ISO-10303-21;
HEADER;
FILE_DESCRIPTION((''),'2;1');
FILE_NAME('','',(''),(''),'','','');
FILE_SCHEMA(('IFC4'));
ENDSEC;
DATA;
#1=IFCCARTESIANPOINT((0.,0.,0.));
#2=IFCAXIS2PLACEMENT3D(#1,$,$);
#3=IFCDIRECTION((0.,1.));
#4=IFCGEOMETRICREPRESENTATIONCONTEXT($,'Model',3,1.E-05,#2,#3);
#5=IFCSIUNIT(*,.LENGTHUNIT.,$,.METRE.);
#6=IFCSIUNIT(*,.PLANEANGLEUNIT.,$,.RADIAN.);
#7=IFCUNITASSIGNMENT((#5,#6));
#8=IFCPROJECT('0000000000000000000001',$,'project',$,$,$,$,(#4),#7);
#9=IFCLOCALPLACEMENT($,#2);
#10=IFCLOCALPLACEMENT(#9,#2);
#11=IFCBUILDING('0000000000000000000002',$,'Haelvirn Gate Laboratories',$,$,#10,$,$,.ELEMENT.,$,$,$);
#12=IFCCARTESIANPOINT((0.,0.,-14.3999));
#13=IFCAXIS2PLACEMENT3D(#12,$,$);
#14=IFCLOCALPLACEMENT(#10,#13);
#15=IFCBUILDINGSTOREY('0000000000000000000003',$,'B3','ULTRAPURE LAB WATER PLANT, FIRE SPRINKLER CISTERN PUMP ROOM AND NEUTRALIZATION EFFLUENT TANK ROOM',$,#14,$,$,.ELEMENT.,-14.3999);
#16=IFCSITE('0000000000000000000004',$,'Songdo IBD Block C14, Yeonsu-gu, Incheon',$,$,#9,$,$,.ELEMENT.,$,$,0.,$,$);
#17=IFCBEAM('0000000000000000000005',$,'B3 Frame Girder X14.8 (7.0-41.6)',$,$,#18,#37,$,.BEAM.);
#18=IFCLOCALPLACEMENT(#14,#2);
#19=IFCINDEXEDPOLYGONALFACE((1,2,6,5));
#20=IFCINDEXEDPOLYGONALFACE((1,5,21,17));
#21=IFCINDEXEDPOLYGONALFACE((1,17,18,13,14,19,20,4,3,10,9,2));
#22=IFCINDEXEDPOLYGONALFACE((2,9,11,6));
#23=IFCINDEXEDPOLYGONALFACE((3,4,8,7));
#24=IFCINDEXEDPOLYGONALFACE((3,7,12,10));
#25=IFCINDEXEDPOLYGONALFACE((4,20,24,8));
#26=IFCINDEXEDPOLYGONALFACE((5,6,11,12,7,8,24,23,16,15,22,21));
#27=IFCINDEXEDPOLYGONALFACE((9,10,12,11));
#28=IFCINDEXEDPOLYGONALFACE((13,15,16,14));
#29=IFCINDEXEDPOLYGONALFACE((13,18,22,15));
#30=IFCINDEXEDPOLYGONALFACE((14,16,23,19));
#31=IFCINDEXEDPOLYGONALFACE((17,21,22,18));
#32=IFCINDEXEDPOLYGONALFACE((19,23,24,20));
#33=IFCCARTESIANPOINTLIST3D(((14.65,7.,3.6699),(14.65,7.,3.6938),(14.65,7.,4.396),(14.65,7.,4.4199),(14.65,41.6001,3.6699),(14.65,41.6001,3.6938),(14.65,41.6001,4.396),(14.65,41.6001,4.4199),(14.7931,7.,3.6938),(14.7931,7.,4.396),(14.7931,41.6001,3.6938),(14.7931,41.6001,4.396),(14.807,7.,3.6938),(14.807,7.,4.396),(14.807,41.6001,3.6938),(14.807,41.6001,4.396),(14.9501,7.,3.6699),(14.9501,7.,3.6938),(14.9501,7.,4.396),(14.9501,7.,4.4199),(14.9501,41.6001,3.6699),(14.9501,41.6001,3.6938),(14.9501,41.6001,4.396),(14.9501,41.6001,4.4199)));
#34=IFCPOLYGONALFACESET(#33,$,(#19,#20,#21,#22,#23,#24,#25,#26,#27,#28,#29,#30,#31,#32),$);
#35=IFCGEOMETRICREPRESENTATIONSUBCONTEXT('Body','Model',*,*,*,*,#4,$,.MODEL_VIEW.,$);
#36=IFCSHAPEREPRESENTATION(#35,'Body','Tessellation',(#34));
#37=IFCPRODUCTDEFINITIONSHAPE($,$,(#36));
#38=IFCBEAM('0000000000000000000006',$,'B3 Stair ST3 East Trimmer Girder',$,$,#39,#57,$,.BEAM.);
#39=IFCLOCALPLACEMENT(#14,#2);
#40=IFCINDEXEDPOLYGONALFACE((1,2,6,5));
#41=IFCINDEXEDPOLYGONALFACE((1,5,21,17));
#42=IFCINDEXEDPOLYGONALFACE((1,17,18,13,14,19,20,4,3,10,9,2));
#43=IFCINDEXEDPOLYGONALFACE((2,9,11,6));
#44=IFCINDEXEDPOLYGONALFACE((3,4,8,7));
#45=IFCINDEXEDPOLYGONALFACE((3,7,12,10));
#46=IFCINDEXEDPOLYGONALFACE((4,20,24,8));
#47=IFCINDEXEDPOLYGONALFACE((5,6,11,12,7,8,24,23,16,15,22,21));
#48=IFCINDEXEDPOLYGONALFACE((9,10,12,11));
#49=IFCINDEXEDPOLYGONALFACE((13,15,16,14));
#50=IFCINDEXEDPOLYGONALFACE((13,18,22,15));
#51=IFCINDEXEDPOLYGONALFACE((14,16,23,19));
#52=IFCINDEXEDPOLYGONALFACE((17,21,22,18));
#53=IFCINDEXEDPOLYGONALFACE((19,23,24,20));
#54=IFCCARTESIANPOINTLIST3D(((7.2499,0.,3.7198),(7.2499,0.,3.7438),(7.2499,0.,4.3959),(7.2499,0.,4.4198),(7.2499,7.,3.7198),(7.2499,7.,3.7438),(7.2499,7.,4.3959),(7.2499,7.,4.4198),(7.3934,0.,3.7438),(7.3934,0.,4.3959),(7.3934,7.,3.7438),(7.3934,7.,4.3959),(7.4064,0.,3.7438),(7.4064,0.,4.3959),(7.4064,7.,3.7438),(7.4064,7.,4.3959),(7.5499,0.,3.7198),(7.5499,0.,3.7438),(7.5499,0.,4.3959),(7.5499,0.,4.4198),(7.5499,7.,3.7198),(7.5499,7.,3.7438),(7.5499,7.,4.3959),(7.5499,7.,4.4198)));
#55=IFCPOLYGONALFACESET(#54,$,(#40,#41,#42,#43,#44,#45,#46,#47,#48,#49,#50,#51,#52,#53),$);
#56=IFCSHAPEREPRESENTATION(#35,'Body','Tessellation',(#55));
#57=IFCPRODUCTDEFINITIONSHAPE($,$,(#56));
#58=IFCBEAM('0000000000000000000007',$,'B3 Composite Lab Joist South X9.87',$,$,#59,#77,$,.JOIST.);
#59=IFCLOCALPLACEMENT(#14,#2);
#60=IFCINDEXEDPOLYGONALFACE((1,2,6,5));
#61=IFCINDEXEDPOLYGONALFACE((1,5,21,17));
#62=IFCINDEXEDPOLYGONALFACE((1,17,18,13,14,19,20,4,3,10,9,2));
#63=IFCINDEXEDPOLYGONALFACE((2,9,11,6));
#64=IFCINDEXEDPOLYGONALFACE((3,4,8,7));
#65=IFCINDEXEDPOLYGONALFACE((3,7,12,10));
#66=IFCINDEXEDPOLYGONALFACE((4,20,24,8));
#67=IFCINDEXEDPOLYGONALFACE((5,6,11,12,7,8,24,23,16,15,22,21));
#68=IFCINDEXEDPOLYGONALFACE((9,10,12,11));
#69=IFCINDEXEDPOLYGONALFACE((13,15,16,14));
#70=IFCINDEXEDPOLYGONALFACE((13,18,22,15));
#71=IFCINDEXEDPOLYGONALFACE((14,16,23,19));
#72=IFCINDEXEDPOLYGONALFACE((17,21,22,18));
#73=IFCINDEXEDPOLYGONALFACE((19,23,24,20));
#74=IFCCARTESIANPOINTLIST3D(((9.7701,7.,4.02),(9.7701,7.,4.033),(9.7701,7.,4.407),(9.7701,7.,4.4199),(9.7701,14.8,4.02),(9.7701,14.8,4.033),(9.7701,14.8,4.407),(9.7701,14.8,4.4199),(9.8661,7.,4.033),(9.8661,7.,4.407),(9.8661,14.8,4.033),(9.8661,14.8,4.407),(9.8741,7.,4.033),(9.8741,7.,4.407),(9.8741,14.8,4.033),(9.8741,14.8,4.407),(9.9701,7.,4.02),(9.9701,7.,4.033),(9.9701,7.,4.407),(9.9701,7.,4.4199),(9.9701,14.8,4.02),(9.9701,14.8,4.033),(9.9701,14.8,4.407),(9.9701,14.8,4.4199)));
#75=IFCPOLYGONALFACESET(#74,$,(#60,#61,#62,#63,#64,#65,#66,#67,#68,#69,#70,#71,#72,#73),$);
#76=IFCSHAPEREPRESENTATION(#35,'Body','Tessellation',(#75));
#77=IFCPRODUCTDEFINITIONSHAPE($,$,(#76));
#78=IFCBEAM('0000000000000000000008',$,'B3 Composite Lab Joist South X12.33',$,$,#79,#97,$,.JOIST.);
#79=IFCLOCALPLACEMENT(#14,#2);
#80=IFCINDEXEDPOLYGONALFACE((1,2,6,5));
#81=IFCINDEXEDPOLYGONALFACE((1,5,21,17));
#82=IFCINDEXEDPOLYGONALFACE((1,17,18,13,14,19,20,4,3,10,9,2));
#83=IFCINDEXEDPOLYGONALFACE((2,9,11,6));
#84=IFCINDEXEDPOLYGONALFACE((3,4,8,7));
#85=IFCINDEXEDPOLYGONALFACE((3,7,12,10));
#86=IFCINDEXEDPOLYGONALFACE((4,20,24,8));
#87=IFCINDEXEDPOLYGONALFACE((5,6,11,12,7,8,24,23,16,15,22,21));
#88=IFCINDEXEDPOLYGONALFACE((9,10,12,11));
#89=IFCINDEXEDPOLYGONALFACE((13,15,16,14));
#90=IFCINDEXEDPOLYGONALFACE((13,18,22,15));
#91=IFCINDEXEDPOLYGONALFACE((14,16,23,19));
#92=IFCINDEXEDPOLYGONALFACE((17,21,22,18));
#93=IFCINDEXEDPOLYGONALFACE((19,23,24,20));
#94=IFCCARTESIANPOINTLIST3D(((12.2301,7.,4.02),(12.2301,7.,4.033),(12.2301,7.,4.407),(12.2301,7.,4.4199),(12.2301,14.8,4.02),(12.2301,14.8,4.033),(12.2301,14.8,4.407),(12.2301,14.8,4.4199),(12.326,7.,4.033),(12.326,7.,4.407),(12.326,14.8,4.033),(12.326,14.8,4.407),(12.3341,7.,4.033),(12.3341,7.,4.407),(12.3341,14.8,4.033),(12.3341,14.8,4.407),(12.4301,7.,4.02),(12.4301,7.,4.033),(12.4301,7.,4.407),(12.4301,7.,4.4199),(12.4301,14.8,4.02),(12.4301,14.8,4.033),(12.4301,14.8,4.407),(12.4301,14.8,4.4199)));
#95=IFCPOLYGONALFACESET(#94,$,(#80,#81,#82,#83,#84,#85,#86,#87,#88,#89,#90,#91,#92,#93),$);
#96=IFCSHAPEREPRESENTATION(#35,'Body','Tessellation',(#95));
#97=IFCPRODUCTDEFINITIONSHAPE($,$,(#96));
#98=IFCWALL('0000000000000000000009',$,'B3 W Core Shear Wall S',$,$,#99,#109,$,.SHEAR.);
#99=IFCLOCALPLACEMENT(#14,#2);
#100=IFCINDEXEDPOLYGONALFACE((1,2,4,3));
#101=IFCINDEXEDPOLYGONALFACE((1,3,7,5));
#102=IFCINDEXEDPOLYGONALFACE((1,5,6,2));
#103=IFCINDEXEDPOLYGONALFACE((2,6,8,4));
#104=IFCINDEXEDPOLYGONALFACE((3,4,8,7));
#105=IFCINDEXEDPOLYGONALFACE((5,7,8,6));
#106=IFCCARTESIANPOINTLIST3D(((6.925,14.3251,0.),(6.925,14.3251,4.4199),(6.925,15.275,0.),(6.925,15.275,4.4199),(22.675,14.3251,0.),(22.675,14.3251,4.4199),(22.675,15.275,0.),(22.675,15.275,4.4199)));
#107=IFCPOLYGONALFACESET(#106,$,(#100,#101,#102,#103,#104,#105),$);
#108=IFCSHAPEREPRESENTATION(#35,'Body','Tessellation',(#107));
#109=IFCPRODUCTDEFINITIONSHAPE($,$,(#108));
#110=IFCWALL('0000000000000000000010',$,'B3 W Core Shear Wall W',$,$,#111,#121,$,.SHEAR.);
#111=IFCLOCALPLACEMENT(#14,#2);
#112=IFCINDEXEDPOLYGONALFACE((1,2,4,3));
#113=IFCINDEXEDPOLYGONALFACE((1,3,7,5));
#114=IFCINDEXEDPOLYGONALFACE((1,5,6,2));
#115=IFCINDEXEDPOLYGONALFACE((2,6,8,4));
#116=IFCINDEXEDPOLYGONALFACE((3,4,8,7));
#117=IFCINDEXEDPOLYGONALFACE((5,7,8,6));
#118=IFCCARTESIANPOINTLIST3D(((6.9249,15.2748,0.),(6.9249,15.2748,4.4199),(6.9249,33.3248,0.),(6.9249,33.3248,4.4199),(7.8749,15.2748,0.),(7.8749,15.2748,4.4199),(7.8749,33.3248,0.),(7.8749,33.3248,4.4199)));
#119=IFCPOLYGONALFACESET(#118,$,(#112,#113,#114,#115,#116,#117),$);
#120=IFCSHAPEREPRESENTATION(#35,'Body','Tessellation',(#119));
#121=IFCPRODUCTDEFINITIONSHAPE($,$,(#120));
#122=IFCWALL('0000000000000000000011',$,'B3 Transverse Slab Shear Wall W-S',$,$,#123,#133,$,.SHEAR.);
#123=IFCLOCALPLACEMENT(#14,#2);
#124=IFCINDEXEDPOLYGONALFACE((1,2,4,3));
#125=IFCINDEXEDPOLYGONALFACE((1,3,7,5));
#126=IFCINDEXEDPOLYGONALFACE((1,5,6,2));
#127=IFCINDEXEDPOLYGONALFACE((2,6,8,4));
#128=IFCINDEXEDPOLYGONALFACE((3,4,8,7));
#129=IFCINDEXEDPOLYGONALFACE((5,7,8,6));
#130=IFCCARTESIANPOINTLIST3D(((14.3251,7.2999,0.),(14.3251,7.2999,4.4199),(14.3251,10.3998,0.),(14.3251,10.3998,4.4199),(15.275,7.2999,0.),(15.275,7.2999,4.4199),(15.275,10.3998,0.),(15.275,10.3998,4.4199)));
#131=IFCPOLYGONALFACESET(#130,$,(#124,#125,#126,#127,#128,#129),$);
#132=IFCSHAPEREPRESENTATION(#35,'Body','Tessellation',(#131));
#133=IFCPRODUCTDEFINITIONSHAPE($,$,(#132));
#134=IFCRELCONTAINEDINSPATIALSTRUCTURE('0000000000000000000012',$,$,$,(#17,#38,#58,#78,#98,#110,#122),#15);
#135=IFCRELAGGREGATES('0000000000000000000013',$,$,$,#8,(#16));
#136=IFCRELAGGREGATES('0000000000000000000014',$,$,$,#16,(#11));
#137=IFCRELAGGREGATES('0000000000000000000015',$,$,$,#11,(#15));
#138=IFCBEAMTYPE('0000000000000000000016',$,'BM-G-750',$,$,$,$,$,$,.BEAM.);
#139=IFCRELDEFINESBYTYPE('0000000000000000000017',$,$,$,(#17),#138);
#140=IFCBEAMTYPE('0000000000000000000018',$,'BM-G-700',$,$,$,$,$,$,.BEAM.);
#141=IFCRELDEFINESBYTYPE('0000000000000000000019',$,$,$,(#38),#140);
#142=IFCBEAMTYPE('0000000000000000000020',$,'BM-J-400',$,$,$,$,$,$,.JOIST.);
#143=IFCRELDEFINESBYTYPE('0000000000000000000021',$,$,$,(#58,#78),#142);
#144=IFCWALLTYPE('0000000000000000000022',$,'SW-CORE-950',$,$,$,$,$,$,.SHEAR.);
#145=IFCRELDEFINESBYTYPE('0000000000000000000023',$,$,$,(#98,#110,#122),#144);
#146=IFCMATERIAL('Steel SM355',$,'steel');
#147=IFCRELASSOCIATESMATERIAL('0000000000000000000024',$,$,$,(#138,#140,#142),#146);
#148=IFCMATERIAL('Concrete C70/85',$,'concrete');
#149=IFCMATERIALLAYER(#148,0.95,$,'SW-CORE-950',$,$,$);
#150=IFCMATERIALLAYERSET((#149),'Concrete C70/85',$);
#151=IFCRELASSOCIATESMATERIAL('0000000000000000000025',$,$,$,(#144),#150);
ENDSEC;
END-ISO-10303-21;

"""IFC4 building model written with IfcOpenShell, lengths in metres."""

from ifc_helpers import new_model, si_unit, direction, frame, frame_2d, origin, origin_2d, place, context, subcontext, project, spatial, rectangle, i_section, extrude, source, transform, mapped, material, layer, layer_set, material_profile, profile_set, type_object, type_shapes, element, save


model = new_model("IFC4")

# Units and contexts
model_context = context("Model", 3, precision=1e-05, world=origin(), true_north=direction((0.0, 1.0)))
body_context = subcontext(model_context, "Body", "Model", "MODEL_VIEW")
ifc_project = project(units=[si_unit("LENGTHUNIT", "METRE"), si_unit("PLANEANGLEUNIT", "RADIAN")], contexts=[model_context])

# Site, building, storey
site_placement = place(None, origin())
site = spatial("IfcSite", under=ifc_project, at=site_placement, Name="Songdo IBD Block C14, Yeonsu-gu, Incheon", CompositionType="ELEMENT", RefElevation=0.0)
building_placement = place(site_placement, origin())
building = spatial("IfcBuilding", under=site, at=building_placement, Name="Haelvirn Gate Laboratories", CompositionType="ELEMENT")
storey_placement = place(building_placement, frame((0.0, 0.0, -14.3999)))
storey = spatial("IfcBuildingStorey", under=building, at=storey_placement, Name="B3", Description="ULTRAPURE LAB WATER PLANT, FIRE SPRINKLER CISTERN PUMP ROOM AND NEUTRALIZATION EFFLUENT TANK ROOM", CompositionType="ELEMENT", Elevation=-14.3999)

# Shared definitions
ifc_material_1 = material(Name="Concrete C70/85", Category="concrete")

# Beams
ifc_material_2 = material(Name="Steel SM355", Category="steel")
ifc_material_profile_1 = material_profile(ifc_material_2, i_section(OverallWidth=0.3, OverallDepth=0.75, WebThickness=0.0139, FlangeThickness=0.0239, at=origin_2d()), Name="H-750x300x14x24")
ifc_profile_set_1 = profile_set([ifc_material_profile_1], Name="Steel SM355")
beam_type_1 = type_object("IfcBeamType", Name="BM-G-750", PredefinedType="BEAM", material=ifc_profile_set_1)
shared_shape_1 = source(origin(), body_context, "Body", "SweptSolid", [
    extrude(i_section(OverallWidth=0.3, OverallDepth=0.75, WebThickness=0.0139, FlangeThickness=0.0239, at=origin_2d()), origin(), (0.0, 0.0, 1.0), 34.6001),
])
beam_1_placement = place(storey_placement, frame((14.8, 7.0, 4.0449), z_axis=(0.0, 1.0, 0.0), x_axis=(-1.0, 0.0, 0.0)))
element("IfcBeam", 1, at=beam_1_placement, inside=storey, type_object=beam_type_1, Name="B3 Frame Girder X14.8 (7.0-41.6)", PredefinedType="BEAM", context=body_context, shape_type="MappedRepresentation", body=[
    mapped(shared_shape_1, transform((0.0, 0.0, 0.0), scale=1.0)),
])
ifc_material_profile_2 = material_profile(ifc_material_2, i_section(OverallWidth=0.3, OverallDepth=0.7, WebThickness=0.0129, FlangeThickness=0.0239, at=origin_2d()), Name="H-700x300x13x24")
ifc_profile_set_2 = profile_set([ifc_material_profile_2], Name="Steel SM355")
beam_type_2 = type_object("IfcBeamType", Name="BM-G-700", PredefinedType="BEAM", material=ifc_profile_set_2)
shared_shape_2 = source(origin(), body_context, "Body", "SweptSolid", [
    extrude(i_section(OverallWidth=0.3, OverallDepth=0.7, WebThickness=0.0129, FlangeThickness=0.0239, at=origin_2d()), origin(), (0.0, 0.0, 1.0), 7.0),
])
type_shapes(beam_type_2, [shared_shape_2])
beam_2_placement = place(storey_placement, frame((7.3999, 0.0, 4.0698), z_axis=(0.0, 1.0, 0.0), x_axis=(-1.0, 0.0, 0.0)))
element("IfcBeam", 2, at=beam_2_placement, inside=storey, type_object=beam_type_2, Name="B3 Stair ST3 East Trimmer Girder", PredefinedType="BEAM", context=body_context, shape_type="MappedRepresentation", body=[
    mapped(shared_shape_2, transform((0.0, 0.0, 0.0), scale=1.0)),
])
ifc_material_profile_3 = material_profile(ifc_material_2, i_section(OverallWidth=0.2, OverallDepth=0.3999, WebThickness=0.0081, FlangeThickness=0.0129, at=origin_2d()), Name="H-400x200x8x13")
ifc_profile_set_3 = profile_set([ifc_material_profile_3], Name="Steel SM355")
beam_type_3 = type_object("IfcBeamType", Name="BM-J-400", PredefinedType="JOIST", material=ifc_profile_set_3)
shared_shape_3 = source(origin(), body_context, "Body", "SweptSolid", [
    extrude(i_section(OverallWidth=0.2, OverallDepth=0.3999, WebThickness=0.0081, FlangeThickness=0.0129, at=origin_2d()), origin(), (0.0, 0.0, 1.0), 7.8),
])
type_shapes(beam_type_3, [shared_shape_3])
for number, where, z_axis, x_axis, name in (
    (3, (9.8701, 7.0, 4.22), (0.0, 1.0, 0.0), (-1.0, 0.0, 0.0), "B3 Composite Lab Joist South X9.87"),
    (4, (12.3301, 7.0, 4.22), (0.0, 1.0, 0.0), (-1.0, 0.0, 0.0), "B3 Composite Lab Joist South X12.33"),
):
    element("IfcBeam", number, at=place(storey_placement, frame(where, z_axis=z_axis, x_axis=x_axis)), inside=storey, type_object=beam_type_3, Name=name, PredefinedType="JOIST", context=body_context, shape_type="MappedRepresentation", body=[
        mapped(shared_shape_3, transform((0.0, 0.0, 0.0), scale=1.0)),
    ])

# Walls
ifc_layer = layer(ifc_material_1, 0.95, Name="SW-CORE-950")
ifc_layer_set = layer_set([ifc_layer], Name="Concrete C70/85")
wall_type = type_object("IfcWallType", Name="SW-CORE-950", PredefinedType="SHEAR", material=ifc_layer_set)
wall_1_placement = place(storey_placement, frame((6.925, 14.8, 0.0), z_axis=(0.0, 0.0, 1.0), x_axis=(1.0, 0.0, 0.0)))
element("IfcWall", 5, at=wall_1_placement, inside=storey, type_object=wall_type, Name="B3 W Core Shear Wall S", PredefinedType="SHEAR", context=body_context, shape_type="SweptSolid", body=[
    extrude(rectangle(XDim=15.75, YDim=0.95, at=frame_2d((7.875, 0.0))), origin(), (0.0, 0.0, 1.0), 4.4199),
])
wall_2_placement = place(storey_placement, frame((7.3999, 15.2749, 0.0), z_axis=(0.0, 0.0, 1.0), x_axis=(0.0, 1.0, 0.0)))
element("IfcWall", 6, at=wall_2_placement, inside=storey, type_object=wall_type, Name="B3 W Core Shear Wall W", PredefinedType="SHEAR", context=body_context, shape_type="SweptSolid", body=[
    extrude(rectangle(XDim=18.05, YDim=0.95, at=frame_2d((9.0249, 0.0))), origin(), (0.0, 0.0, 1.0), 4.4199),
])
wall_3_placement = place(storey_placement, frame((14.8, 7.3, 0.0), z_axis=(0.0, 0.0, 1.0), x_axis=(0.0, 1.0, 0.0)))
element("IfcWall", 7, at=wall_3_placement, inside=storey, type_object=wall_type, Name="B3 Transverse Slab Shear Wall W-S", PredefinedType="SHEAR", context=body_context, shape_type="SweptSolid", body=[
    extrude(rectangle(XDim=3.0999, YDim=0.95, at=frame_2d((1.5498, 0.0))), origin(), (0.0, 0.0, 1.0), 4.4199),
])

save(model, "model.ifc")
